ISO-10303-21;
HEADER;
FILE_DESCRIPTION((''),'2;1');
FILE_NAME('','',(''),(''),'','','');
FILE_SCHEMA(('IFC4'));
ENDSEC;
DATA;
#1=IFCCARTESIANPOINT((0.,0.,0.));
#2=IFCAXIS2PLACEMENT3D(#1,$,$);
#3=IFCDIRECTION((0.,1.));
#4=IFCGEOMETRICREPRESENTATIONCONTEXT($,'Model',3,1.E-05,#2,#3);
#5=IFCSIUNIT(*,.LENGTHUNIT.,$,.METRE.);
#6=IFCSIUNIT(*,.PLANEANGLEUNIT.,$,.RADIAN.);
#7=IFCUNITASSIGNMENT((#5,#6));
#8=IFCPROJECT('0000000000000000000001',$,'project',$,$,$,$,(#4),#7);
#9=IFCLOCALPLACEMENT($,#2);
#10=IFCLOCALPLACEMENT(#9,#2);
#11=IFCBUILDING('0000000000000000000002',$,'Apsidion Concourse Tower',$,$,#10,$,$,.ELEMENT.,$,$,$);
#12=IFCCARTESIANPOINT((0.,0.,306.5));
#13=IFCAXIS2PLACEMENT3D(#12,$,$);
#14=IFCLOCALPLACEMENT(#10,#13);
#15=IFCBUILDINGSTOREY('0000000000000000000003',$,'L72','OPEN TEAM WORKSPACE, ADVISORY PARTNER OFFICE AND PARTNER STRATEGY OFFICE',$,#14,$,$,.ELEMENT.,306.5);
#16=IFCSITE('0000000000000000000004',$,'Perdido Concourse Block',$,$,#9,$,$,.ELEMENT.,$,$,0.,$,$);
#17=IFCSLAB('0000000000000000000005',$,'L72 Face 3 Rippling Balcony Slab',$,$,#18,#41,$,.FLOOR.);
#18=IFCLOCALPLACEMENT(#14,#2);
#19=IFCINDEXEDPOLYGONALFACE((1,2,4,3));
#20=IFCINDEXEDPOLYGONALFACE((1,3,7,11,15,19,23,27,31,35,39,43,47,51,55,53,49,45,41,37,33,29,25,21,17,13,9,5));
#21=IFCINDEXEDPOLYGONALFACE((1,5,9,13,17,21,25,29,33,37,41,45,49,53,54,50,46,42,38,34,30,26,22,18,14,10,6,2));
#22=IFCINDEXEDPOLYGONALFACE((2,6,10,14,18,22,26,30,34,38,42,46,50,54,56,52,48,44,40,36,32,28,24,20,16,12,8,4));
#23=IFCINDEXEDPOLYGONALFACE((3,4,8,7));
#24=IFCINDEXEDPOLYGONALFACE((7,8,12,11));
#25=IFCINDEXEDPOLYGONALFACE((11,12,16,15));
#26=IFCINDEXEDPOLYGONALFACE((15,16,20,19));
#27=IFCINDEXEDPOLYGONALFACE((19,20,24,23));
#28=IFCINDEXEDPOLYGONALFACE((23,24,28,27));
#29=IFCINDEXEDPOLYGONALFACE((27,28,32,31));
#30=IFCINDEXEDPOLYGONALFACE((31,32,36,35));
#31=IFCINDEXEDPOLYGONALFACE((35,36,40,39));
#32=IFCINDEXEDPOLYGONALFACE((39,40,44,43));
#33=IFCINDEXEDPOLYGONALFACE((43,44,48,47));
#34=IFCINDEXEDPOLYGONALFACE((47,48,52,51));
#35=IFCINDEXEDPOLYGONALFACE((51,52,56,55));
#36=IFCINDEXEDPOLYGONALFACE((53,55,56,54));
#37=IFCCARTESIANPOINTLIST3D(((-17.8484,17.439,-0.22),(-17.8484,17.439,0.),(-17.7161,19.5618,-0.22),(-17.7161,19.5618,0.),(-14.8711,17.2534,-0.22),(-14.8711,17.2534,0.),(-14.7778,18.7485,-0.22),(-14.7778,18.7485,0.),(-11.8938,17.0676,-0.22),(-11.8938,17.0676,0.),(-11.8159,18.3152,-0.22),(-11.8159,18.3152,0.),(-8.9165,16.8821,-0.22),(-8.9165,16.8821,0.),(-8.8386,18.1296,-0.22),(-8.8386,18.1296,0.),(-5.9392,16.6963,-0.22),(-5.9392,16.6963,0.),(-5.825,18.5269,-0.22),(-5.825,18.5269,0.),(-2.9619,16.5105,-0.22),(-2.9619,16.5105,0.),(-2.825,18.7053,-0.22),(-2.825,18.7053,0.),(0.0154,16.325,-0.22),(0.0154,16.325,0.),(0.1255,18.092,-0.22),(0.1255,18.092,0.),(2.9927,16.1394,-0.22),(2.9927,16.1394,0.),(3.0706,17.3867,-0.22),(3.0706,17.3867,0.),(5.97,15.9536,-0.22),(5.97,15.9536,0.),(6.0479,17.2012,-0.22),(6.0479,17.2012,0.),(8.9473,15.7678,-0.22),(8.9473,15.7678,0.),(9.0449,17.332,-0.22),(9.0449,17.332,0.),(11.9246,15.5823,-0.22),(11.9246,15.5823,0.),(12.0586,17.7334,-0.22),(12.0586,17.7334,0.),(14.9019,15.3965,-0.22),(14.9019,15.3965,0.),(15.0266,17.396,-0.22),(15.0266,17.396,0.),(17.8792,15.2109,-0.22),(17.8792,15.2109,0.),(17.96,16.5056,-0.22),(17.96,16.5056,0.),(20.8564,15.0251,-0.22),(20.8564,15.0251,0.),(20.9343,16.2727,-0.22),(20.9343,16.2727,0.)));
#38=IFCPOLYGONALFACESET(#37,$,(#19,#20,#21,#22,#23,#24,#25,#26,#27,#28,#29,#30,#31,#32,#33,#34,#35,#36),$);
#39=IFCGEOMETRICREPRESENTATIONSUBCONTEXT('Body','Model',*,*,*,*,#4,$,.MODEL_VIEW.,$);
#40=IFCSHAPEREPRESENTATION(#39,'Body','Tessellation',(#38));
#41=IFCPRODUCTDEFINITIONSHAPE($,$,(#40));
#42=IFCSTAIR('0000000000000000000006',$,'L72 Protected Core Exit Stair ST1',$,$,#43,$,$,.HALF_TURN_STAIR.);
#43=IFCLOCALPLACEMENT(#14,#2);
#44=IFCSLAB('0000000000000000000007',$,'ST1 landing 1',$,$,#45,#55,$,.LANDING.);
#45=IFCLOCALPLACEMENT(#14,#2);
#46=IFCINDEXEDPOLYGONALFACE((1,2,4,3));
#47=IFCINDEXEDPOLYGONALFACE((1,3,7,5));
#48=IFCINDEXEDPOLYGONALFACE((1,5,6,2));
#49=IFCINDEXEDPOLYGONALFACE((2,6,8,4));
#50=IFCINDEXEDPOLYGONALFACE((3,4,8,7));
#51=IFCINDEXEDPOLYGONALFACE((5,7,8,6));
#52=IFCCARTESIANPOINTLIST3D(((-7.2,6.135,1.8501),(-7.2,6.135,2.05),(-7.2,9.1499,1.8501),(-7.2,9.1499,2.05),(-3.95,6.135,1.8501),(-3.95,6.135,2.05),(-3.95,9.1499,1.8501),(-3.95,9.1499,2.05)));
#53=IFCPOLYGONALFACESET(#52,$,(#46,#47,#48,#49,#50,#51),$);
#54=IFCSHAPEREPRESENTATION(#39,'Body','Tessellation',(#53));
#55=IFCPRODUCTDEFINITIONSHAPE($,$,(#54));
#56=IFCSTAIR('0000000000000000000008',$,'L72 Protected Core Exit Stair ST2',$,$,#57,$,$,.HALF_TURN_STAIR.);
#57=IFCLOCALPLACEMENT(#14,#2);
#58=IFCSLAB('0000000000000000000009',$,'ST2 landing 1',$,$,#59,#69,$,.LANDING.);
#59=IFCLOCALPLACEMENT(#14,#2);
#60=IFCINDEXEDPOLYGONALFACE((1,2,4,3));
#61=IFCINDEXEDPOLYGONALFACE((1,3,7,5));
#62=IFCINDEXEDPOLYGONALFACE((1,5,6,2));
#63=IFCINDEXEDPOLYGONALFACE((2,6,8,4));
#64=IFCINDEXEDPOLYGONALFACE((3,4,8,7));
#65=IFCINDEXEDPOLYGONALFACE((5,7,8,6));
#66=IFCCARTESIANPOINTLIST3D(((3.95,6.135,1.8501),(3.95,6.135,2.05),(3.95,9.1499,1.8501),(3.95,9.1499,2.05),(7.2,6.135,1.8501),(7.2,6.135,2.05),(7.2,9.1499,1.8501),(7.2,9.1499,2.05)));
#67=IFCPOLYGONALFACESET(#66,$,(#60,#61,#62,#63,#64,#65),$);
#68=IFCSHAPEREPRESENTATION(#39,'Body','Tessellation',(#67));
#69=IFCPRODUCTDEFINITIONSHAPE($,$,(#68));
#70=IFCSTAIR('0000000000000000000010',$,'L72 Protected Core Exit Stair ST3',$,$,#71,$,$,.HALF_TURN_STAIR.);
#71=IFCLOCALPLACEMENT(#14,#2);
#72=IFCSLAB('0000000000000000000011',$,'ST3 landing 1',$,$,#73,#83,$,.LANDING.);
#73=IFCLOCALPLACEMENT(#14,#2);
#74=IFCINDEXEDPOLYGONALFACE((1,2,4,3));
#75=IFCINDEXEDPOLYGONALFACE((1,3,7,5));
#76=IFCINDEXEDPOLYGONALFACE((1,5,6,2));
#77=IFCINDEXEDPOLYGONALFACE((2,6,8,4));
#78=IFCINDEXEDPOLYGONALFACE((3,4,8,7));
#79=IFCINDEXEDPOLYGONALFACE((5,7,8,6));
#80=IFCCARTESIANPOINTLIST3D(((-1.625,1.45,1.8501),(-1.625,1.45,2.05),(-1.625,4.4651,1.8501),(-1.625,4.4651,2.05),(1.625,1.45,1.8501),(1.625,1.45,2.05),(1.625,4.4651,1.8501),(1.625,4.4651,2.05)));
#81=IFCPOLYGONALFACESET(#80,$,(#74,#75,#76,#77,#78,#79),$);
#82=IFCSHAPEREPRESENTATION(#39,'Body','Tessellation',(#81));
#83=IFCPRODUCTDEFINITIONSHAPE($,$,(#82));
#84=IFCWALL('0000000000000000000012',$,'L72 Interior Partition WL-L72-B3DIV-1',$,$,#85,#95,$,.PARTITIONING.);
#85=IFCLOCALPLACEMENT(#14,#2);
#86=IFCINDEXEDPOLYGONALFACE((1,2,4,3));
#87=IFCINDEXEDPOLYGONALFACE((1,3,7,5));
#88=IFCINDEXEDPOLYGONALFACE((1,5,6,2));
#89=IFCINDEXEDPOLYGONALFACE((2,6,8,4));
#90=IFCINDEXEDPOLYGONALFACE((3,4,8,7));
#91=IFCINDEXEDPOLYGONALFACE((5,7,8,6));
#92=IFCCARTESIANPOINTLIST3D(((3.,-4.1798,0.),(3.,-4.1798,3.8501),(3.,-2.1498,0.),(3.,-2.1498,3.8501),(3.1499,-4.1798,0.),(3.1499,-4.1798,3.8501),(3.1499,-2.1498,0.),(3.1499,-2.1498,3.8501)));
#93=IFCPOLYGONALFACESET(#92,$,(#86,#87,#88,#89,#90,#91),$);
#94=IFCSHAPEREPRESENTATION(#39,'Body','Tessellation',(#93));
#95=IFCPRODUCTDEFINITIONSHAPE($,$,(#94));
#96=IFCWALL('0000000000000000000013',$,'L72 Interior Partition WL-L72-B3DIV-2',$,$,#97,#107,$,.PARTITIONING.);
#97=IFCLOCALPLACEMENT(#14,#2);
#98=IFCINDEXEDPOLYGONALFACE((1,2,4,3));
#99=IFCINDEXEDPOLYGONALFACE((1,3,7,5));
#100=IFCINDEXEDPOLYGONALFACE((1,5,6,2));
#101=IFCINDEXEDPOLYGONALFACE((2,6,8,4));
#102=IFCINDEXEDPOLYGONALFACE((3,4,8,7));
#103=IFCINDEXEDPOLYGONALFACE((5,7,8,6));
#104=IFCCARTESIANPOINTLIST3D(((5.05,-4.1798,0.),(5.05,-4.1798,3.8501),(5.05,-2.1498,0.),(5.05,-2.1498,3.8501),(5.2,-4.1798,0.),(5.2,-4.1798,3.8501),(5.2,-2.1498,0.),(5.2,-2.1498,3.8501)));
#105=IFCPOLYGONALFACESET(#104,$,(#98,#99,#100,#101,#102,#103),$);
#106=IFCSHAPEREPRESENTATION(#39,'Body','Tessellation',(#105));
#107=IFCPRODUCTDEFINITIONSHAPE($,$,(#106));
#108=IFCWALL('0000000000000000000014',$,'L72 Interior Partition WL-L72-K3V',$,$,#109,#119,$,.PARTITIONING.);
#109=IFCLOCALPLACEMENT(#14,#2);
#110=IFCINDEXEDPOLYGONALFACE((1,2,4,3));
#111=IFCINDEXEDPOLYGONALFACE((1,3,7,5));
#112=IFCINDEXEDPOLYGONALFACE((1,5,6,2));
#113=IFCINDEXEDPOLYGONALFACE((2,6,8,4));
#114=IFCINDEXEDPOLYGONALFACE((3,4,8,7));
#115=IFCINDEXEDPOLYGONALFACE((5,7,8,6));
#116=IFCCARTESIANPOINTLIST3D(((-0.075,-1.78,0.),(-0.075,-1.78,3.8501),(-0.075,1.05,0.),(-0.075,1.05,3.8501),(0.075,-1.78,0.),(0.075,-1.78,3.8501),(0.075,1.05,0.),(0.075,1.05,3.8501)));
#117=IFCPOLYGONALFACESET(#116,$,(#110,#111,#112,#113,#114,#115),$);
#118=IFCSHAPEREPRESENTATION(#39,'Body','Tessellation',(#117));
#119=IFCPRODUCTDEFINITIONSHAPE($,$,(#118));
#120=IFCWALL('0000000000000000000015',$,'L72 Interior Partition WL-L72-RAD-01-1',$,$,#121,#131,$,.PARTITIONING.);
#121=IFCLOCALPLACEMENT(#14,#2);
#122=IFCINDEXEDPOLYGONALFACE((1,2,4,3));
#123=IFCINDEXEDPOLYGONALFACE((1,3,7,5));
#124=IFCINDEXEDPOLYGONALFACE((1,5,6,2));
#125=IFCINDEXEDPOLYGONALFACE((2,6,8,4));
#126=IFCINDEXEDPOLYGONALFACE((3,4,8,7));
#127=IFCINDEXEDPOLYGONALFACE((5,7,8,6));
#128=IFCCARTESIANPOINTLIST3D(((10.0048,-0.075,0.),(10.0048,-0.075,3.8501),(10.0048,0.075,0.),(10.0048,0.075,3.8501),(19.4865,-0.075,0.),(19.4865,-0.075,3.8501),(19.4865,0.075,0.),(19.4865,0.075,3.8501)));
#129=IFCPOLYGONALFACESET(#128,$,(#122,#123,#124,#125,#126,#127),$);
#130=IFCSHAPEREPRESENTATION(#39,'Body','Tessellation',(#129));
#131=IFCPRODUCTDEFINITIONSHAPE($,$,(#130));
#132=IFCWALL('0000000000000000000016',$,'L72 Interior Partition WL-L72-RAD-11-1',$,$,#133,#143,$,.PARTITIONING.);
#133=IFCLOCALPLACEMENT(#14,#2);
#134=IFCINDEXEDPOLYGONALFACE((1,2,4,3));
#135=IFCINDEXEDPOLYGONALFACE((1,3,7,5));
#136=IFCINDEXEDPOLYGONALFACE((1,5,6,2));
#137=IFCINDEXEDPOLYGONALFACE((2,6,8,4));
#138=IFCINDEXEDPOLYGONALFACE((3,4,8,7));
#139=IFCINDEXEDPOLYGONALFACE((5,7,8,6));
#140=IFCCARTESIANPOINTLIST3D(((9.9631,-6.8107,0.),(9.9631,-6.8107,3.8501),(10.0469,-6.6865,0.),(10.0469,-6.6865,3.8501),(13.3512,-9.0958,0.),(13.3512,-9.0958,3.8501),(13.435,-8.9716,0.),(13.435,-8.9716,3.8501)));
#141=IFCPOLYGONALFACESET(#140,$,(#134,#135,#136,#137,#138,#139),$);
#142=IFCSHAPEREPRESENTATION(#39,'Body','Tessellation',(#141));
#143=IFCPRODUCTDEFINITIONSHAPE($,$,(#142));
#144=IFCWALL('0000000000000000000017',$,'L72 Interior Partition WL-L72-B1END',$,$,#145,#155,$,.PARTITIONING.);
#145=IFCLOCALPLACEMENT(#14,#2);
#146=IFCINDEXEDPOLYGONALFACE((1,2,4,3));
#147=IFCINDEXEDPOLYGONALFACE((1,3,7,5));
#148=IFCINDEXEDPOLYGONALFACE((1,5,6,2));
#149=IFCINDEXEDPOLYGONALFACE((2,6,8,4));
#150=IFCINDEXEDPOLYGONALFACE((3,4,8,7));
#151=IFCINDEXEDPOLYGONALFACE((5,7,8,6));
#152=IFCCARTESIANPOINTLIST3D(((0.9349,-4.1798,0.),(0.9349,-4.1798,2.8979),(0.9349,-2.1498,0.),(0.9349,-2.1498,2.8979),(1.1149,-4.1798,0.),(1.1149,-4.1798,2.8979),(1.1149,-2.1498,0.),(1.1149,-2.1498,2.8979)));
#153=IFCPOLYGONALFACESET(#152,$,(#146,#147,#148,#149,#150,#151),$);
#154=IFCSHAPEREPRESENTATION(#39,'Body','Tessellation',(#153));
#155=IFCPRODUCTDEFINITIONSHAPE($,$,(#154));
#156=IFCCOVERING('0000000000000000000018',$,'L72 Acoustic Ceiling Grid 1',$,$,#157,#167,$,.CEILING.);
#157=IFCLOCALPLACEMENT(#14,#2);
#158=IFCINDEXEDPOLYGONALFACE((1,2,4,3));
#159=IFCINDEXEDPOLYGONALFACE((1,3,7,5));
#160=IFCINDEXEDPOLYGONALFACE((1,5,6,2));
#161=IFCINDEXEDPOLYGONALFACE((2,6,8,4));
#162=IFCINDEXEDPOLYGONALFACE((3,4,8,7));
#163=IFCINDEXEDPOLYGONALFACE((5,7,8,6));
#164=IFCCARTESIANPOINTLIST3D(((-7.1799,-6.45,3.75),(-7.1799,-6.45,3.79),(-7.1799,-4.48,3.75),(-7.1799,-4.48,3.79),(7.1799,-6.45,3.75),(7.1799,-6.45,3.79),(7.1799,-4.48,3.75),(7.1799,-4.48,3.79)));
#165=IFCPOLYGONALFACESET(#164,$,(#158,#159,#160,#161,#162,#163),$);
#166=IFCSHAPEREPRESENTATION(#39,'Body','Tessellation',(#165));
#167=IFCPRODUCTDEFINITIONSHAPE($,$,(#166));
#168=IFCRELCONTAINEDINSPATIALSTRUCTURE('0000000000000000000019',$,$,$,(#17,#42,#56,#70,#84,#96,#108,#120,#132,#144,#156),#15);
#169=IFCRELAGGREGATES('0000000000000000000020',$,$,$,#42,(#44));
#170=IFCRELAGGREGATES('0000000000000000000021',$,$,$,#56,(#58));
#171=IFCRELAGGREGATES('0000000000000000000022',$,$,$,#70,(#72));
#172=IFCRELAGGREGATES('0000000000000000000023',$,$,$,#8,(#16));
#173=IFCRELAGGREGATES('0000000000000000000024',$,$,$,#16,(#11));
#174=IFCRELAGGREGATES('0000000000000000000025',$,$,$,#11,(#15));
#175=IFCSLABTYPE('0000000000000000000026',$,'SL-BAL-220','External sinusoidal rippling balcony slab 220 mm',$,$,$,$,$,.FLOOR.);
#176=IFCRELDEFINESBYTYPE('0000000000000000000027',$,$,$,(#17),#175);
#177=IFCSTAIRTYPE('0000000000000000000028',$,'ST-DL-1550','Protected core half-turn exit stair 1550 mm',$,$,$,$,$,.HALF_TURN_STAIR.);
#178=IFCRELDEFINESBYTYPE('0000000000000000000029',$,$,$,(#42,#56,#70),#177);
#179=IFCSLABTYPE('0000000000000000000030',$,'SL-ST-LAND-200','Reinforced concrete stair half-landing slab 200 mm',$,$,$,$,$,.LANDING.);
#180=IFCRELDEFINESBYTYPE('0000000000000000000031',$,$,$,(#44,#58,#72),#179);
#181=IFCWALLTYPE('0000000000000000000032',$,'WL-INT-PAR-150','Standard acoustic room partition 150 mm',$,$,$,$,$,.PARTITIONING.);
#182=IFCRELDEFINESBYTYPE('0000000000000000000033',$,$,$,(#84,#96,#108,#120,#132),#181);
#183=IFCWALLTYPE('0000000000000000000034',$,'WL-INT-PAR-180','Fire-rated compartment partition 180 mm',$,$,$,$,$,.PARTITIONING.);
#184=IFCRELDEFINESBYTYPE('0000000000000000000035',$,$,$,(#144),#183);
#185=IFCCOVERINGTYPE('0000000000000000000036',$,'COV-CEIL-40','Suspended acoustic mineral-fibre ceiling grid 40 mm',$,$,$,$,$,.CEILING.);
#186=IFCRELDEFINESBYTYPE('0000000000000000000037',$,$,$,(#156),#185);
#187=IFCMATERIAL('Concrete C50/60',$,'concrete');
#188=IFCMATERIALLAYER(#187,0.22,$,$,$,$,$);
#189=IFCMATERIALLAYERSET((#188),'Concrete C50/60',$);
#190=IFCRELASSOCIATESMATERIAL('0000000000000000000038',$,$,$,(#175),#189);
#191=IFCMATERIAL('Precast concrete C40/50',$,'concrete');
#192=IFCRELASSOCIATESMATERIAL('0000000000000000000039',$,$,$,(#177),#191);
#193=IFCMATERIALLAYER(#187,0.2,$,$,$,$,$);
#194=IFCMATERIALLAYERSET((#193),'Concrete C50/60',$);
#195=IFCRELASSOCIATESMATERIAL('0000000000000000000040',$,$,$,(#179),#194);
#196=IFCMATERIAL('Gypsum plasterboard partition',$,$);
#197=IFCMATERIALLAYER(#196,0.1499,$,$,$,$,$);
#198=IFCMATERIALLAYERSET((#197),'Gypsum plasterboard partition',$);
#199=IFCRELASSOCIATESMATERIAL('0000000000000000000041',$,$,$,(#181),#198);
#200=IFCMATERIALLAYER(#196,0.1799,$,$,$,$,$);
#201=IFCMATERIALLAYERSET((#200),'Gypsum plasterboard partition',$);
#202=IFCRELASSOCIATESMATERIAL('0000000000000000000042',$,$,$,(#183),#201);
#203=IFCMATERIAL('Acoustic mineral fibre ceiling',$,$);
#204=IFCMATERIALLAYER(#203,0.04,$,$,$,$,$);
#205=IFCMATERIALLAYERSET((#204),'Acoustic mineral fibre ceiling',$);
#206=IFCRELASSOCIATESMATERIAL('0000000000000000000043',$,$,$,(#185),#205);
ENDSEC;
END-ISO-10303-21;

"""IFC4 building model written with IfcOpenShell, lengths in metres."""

from ifc_helpers import new_model, si_unit, direction, frame, frame_2d, origin, place, context, subcontext, project, spatial, polyline, rectangle, outline, extrude, material, layer, layer_set, type_object, element, aggregate, save


model = new_model("IFC4")

# Units and contexts
model_context = context("Model", 3, precision=1e-05, world=origin(), true_north=direction((0.0, 1.0)))
body_context = subcontext(model_context, "Body", "Model", "MODEL_VIEW")
ifc_project = project(units=[si_unit("LENGTHUNIT", "METRE"), si_unit("PLANEANGLEUNIT", "RADIAN")], contexts=[model_context])

# Site, building, storey
site_placement = place(None, origin())
site = spatial("IfcSite", under=ifc_project, at=site_placement, Name="Perdido Concourse Block", CompositionType="ELEMENT", RefElevation=0.0)
building_placement = place(site_placement, origin())
building = spatial("IfcBuilding", under=site, at=building_placement, Name="Apsidion Concourse Tower", CompositionType="ELEMENT")
storey_placement = place(building_placement, frame((0.0, 0.0, 306.5)))
storey = spatial("IfcBuildingStorey", under=building, at=storey_placement, Name="L72", Description="OPEN TEAM WORKSPACE, ADVISORY PARTNER OFFICE AND PARTNER STRATEGY OFFICE", CompositionType="ELEMENT", Elevation=306.5)

# Shared definitions
ifc_material_1 = material(Name="Concrete C50/60", Category="concrete")

# Slab
ifc_layer_1 = layer(ifc_material_1, 0.22)
ifc_layer_set_1 = layer_set([ifc_layer_1], Name="Concrete C50/60")
slab_type_1 = type_object("IfcSlabType", Name="SL-BAL-220", Description="External sinusoidal rippling balcony slab 220 mm", PredefinedType="FLOOR", material=ifc_layer_set_1)
slab_1_placement = place(storey_placement, frame((0.0, 0.0, -0.22)))
element("IfcSlab", 1, at=slab_1_placement, inside=storey, type_object=slab_type_1, Name="L72 Face 3 Rippling Balcony Slab", PredefinedType="FLOOR", context=body_context, shape_type="SweptSolid", body=[
    extrude(outline(polyline([(20.8564, 15.0251), (17.8792, 15.2109), (14.9019, 15.3965), (11.9246, 15.5823), (8.9473, 15.7678), (5.97, 15.9536), (2.9927, 16.1394), (0.0154, 16.325), (-2.9619, 16.5105), (-5.9392, 16.6963), (-8.9165, 16.8821), (-11.8938, 17.0676), (-14.8711, 17.2534), (-17.8484, 17.439), (-17.7161, 19.5618), (-14.7778, 18.7485), (-11.8159, 18.3152), (-8.8386, 18.1296), (-5.825, 18.5269), (-2.825, 18.7053), (0.1255, 18.092), (3.0706, 17.3867), (6.0479, 17.2012), (9.0449, 17.332), (12.0586, 17.7334), (15.0266, 17.396), (17.96, 16.5056), (20.9343, 16.2727), (20.8564, 15.0251)])), origin(), (0.0, 0.0, 1.0), 0.22),
])

# Stairs, slabs
ifc_material_2 = material(Name="Precast concrete C40/50", Category="concrete")
stair_type = type_object("IfcStairType", Name="ST-DL-1550", Description="Protected core half-turn exit stair 1550 mm", PredefinedType="HALF_TURN_STAIR", material=ifc_material_2)
stair_1_placement = place(storey_placement, origin())
stair_1 = element("IfcStair", 2, at=stair_1_placement, inside=storey, type_object=stair_type, Name="L72 Protected Core Exit Stair ST1", PredefinedType="HALF_TURN_STAIR")
ifc_layer_2 = layer(ifc_material_1, 0.2)
ifc_layer_set_2 = layer_set([ifc_layer_2], Name="Concrete C50/60")
slab_type_2 = type_object("IfcSlabType", Name="SL-ST-LAND-200", Description="Reinforced concrete stair half-landing slab 200 mm", PredefinedType="LANDING", material=ifc_layer_set_2)
slab_2_placement = place(storey_placement, frame((0.0, 0.0, 1.8501)))
slab_2 = element("IfcSlab", 3, at=slab_2_placement, type_object=slab_type_2, Name="ST1 landing 1", PredefinedType="LANDING", context=body_context, shape_type="SweptSolid", body=[
    extrude(outline(polyline([(-3.95, 6.135), (-3.95, 9.1499), (-7.2, 9.1499), (-7.2, 6.135), (-3.95, 6.135)])), origin(), (0.0, 0.0, 1.0), 0.2),
])
aggregate(stair_1, [slab_2])
stair_2_placement = place(storey_placement, origin())
stair_2 = element("IfcStair", 4, at=stair_2_placement, inside=storey, type_object=stair_type, Name="L72 Protected Core Exit Stair ST2", PredefinedType="HALF_TURN_STAIR")
slab_3_placement = place(storey_placement, frame((0.0, 0.0, 1.8501)))
slab_3 = element("IfcSlab", 5, at=slab_3_placement, type_object=slab_type_2, Name="ST2 landing 1", PredefinedType="LANDING", context=body_context, shape_type="SweptSolid", body=[
    extrude(outline(polyline([(7.2, 6.135), (7.2, 9.1499), (3.95, 9.1499), (3.95, 6.135), (7.2, 6.135)])), origin(), (0.0, 0.0, 1.0), 0.2),
])
aggregate(stair_2, [slab_3])
stair_3_placement = place(storey_placement, origin())
stair_3 = element("IfcStair", 6, at=stair_3_placement, inside=storey, type_object=stair_type, Name="L72 Protected Core Exit Stair ST3", PredefinedType="HALF_TURN_STAIR")
slab_4_placement = place(storey_placement, frame((0.0, 0.0, 1.8501)))
slab_4 = element("IfcSlab", 7, at=slab_4_placement, type_object=slab_type_2, Name="ST3 landing 1", PredefinedType="LANDING", context=body_context, shape_type="SweptSolid", body=[
    extrude(outline(polyline([(-1.625, 4.4651), (-1.625, 1.45), (1.625, 1.45), (1.625, 4.4651), (-1.625, 4.4651)])), origin(), (0.0, 0.0, 1.0), 0.2),
])
aggregate(stair_3, [slab_4])

# Walls
ifc_material_3 = material(Name="Gypsum plasterboard partition")
ifc_layer_3 = layer(ifc_material_3, 0.1499)
ifc_layer_set_3 = layer_set([ifc_layer_3], Name="Gypsum plasterboard partition")
wall_type_1 = type_object("IfcWallType", Name="WL-INT-PAR-150", Description="Standard acoustic room partition 150 mm", PredefinedType="PARTITIONING", material=ifc_layer_set_3)
for number, where, z_axis, x_axis, name in (
    (8, (3.075, -4.1799, 0.0), (0.0, 0.0, 1.0), (0.0, 1.0, 0.0), "L72 Interior Partition WL-L72-B3DIV-1"),
    (9, (5.125, -4.1799, 0.0), (0.0, 0.0, 1.0), (0.0, 1.0, 0.0), "L72 Interior Partition WL-L72-B3DIV-2"),
):
    element("IfcWall", number, at=place(storey_placement, frame(where, z_axis=z_axis, x_axis=x_axis)), inside=storey, type_object=wall_type_1, Name=name, PredefinedType="PARTITIONING", context=body_context, shape_type="SweptSolid", body=[
        extrude(rectangle(XDim=2.03, YDim=0.1499, at=frame_2d((1.0151, 0.0))), origin(), (0.0, 0.0, 1.0), 3.8501),
    ])
wall_1_placement = place(storey_placement, frame((0.0, -1.78, 0.0), z_axis=(0.0, 0.0, 1.0), x_axis=(0.0, 1.0, 0.0)))
element("IfcWall", 10, at=wall_1_placement, inside=storey, type_object=wall_type_1, Name="L72 Interior Partition WL-L72-K3V", PredefinedType="PARTITIONING", context=body_context, shape_type="SweptSolid", body=[
    extrude(rectangle(XDim=2.8301, YDim=0.1499, at=frame_2d((1.415, 0.0))), origin(), (0.0, 0.0, 1.0), 3.8501),
])
wall_2_placement = place(storey_placement, frame((10.0049, 0.0, 0.0), z_axis=(0.0, 0.0, 1.0), x_axis=(1.0, 0.0, 0.0)))
element("IfcWall", 11, at=wall_2_placement, inside=storey, type_object=wall_type_1, Name="L72 Interior Partition WL-L72-RAD-01-1", PredefinedType="PARTITIONING", context=body_context, shape_type="SweptSolid", body=[
    extrude(rectangle(XDim=9.4817, YDim=0.1499, at=frame_2d((4.7407, 0.0))), origin(), (0.0, 0.0, 1.0), 3.8501),
])
wall_3_placement = place(storey_placement, frame((10.0049, -6.7485, 0.0), z_axis=(0.0, 0.0, 1.0), x_axis=(0.829061, -0.559159, 0.0)))
element("IfcWall", 12, at=wall_3_placement, inside=storey, type_object=wall_type_1, Name="L72 Interior Partition WL-L72-RAD-11-1", PredefinedType="PARTITIONING", context=body_context, shape_type="SweptSolid", body=[
    extrude(rectangle(XDim=4.0867, YDim=0.1499, at=frame_2d((2.0435, 0.0))), origin(), (0.0, 0.0, 1.0), 3.8501),
])
ifc_layer_4 = layer(ifc_material_3, 0.1799)
ifc_layer_set_4 = layer_set([ifc_layer_4], Name="Gypsum plasterboard partition")
wall_type_2 = type_object("IfcWallType", Name="WL-INT-PAR-180", Description="Fire-rated compartment partition 180 mm", PredefinedType="PARTITIONING", material=ifc_layer_set_4)
wall_4_placement = place(storey_placement, frame((1.0249, -4.1799, 0.0), z_axis=(0.0, 0.0, 1.0), x_axis=(0.0, 1.0, 0.0)))
element("IfcWall", 13, at=wall_4_placement, inside=storey, type_object=wall_type_2, Name="L72 Interior Partition WL-L72-B1END", PredefinedType="PARTITIONING", context=body_context, shape_type="SweptSolid", body=[
    extrude(rectangle(XDim=2.03, YDim=0.1799, at=frame_2d((1.0151, 0.0))), origin(), (0.0, 0.0, 1.0), 2.8979),
])

# Covering
ifc_material_4 = material(Name="Acoustic mineral fibre ceiling")
ifc_layer_5 = layer(ifc_material_4, 0.04)
ifc_layer_set_5 = layer_set([ifc_layer_5], Name="Acoustic mineral fibre ceiling")
covering_type_1 = type_object("IfcCoveringType", Name="COV-CEIL-40", Description="Suspended acoustic mineral-fibre ceiling grid 40 mm", PredefinedType="CEILING", material=ifc_layer_set_5)
covering_1_placement = place(storey_placement, frame((0.0, 0.0, 3.75)))
element("IfcCovering", 14, at=covering_1_placement, inside=storey, type_object=covering_type_1, Name="L72 Acoustic Ceiling Grid 1", PredefinedType="CEILING", context=body_context, shape_type="SweptSolid", body=[
    extrude(outline(polyline([(-7.1799, -6.45), (-7.1799, -4.48), (7.1799, -4.48), (7.1799, -6.45), (-7.1799, -6.45)])), origin(), (0.0, 0.0, 1.0), 0.04),
])

save(model, "model.ifc")
